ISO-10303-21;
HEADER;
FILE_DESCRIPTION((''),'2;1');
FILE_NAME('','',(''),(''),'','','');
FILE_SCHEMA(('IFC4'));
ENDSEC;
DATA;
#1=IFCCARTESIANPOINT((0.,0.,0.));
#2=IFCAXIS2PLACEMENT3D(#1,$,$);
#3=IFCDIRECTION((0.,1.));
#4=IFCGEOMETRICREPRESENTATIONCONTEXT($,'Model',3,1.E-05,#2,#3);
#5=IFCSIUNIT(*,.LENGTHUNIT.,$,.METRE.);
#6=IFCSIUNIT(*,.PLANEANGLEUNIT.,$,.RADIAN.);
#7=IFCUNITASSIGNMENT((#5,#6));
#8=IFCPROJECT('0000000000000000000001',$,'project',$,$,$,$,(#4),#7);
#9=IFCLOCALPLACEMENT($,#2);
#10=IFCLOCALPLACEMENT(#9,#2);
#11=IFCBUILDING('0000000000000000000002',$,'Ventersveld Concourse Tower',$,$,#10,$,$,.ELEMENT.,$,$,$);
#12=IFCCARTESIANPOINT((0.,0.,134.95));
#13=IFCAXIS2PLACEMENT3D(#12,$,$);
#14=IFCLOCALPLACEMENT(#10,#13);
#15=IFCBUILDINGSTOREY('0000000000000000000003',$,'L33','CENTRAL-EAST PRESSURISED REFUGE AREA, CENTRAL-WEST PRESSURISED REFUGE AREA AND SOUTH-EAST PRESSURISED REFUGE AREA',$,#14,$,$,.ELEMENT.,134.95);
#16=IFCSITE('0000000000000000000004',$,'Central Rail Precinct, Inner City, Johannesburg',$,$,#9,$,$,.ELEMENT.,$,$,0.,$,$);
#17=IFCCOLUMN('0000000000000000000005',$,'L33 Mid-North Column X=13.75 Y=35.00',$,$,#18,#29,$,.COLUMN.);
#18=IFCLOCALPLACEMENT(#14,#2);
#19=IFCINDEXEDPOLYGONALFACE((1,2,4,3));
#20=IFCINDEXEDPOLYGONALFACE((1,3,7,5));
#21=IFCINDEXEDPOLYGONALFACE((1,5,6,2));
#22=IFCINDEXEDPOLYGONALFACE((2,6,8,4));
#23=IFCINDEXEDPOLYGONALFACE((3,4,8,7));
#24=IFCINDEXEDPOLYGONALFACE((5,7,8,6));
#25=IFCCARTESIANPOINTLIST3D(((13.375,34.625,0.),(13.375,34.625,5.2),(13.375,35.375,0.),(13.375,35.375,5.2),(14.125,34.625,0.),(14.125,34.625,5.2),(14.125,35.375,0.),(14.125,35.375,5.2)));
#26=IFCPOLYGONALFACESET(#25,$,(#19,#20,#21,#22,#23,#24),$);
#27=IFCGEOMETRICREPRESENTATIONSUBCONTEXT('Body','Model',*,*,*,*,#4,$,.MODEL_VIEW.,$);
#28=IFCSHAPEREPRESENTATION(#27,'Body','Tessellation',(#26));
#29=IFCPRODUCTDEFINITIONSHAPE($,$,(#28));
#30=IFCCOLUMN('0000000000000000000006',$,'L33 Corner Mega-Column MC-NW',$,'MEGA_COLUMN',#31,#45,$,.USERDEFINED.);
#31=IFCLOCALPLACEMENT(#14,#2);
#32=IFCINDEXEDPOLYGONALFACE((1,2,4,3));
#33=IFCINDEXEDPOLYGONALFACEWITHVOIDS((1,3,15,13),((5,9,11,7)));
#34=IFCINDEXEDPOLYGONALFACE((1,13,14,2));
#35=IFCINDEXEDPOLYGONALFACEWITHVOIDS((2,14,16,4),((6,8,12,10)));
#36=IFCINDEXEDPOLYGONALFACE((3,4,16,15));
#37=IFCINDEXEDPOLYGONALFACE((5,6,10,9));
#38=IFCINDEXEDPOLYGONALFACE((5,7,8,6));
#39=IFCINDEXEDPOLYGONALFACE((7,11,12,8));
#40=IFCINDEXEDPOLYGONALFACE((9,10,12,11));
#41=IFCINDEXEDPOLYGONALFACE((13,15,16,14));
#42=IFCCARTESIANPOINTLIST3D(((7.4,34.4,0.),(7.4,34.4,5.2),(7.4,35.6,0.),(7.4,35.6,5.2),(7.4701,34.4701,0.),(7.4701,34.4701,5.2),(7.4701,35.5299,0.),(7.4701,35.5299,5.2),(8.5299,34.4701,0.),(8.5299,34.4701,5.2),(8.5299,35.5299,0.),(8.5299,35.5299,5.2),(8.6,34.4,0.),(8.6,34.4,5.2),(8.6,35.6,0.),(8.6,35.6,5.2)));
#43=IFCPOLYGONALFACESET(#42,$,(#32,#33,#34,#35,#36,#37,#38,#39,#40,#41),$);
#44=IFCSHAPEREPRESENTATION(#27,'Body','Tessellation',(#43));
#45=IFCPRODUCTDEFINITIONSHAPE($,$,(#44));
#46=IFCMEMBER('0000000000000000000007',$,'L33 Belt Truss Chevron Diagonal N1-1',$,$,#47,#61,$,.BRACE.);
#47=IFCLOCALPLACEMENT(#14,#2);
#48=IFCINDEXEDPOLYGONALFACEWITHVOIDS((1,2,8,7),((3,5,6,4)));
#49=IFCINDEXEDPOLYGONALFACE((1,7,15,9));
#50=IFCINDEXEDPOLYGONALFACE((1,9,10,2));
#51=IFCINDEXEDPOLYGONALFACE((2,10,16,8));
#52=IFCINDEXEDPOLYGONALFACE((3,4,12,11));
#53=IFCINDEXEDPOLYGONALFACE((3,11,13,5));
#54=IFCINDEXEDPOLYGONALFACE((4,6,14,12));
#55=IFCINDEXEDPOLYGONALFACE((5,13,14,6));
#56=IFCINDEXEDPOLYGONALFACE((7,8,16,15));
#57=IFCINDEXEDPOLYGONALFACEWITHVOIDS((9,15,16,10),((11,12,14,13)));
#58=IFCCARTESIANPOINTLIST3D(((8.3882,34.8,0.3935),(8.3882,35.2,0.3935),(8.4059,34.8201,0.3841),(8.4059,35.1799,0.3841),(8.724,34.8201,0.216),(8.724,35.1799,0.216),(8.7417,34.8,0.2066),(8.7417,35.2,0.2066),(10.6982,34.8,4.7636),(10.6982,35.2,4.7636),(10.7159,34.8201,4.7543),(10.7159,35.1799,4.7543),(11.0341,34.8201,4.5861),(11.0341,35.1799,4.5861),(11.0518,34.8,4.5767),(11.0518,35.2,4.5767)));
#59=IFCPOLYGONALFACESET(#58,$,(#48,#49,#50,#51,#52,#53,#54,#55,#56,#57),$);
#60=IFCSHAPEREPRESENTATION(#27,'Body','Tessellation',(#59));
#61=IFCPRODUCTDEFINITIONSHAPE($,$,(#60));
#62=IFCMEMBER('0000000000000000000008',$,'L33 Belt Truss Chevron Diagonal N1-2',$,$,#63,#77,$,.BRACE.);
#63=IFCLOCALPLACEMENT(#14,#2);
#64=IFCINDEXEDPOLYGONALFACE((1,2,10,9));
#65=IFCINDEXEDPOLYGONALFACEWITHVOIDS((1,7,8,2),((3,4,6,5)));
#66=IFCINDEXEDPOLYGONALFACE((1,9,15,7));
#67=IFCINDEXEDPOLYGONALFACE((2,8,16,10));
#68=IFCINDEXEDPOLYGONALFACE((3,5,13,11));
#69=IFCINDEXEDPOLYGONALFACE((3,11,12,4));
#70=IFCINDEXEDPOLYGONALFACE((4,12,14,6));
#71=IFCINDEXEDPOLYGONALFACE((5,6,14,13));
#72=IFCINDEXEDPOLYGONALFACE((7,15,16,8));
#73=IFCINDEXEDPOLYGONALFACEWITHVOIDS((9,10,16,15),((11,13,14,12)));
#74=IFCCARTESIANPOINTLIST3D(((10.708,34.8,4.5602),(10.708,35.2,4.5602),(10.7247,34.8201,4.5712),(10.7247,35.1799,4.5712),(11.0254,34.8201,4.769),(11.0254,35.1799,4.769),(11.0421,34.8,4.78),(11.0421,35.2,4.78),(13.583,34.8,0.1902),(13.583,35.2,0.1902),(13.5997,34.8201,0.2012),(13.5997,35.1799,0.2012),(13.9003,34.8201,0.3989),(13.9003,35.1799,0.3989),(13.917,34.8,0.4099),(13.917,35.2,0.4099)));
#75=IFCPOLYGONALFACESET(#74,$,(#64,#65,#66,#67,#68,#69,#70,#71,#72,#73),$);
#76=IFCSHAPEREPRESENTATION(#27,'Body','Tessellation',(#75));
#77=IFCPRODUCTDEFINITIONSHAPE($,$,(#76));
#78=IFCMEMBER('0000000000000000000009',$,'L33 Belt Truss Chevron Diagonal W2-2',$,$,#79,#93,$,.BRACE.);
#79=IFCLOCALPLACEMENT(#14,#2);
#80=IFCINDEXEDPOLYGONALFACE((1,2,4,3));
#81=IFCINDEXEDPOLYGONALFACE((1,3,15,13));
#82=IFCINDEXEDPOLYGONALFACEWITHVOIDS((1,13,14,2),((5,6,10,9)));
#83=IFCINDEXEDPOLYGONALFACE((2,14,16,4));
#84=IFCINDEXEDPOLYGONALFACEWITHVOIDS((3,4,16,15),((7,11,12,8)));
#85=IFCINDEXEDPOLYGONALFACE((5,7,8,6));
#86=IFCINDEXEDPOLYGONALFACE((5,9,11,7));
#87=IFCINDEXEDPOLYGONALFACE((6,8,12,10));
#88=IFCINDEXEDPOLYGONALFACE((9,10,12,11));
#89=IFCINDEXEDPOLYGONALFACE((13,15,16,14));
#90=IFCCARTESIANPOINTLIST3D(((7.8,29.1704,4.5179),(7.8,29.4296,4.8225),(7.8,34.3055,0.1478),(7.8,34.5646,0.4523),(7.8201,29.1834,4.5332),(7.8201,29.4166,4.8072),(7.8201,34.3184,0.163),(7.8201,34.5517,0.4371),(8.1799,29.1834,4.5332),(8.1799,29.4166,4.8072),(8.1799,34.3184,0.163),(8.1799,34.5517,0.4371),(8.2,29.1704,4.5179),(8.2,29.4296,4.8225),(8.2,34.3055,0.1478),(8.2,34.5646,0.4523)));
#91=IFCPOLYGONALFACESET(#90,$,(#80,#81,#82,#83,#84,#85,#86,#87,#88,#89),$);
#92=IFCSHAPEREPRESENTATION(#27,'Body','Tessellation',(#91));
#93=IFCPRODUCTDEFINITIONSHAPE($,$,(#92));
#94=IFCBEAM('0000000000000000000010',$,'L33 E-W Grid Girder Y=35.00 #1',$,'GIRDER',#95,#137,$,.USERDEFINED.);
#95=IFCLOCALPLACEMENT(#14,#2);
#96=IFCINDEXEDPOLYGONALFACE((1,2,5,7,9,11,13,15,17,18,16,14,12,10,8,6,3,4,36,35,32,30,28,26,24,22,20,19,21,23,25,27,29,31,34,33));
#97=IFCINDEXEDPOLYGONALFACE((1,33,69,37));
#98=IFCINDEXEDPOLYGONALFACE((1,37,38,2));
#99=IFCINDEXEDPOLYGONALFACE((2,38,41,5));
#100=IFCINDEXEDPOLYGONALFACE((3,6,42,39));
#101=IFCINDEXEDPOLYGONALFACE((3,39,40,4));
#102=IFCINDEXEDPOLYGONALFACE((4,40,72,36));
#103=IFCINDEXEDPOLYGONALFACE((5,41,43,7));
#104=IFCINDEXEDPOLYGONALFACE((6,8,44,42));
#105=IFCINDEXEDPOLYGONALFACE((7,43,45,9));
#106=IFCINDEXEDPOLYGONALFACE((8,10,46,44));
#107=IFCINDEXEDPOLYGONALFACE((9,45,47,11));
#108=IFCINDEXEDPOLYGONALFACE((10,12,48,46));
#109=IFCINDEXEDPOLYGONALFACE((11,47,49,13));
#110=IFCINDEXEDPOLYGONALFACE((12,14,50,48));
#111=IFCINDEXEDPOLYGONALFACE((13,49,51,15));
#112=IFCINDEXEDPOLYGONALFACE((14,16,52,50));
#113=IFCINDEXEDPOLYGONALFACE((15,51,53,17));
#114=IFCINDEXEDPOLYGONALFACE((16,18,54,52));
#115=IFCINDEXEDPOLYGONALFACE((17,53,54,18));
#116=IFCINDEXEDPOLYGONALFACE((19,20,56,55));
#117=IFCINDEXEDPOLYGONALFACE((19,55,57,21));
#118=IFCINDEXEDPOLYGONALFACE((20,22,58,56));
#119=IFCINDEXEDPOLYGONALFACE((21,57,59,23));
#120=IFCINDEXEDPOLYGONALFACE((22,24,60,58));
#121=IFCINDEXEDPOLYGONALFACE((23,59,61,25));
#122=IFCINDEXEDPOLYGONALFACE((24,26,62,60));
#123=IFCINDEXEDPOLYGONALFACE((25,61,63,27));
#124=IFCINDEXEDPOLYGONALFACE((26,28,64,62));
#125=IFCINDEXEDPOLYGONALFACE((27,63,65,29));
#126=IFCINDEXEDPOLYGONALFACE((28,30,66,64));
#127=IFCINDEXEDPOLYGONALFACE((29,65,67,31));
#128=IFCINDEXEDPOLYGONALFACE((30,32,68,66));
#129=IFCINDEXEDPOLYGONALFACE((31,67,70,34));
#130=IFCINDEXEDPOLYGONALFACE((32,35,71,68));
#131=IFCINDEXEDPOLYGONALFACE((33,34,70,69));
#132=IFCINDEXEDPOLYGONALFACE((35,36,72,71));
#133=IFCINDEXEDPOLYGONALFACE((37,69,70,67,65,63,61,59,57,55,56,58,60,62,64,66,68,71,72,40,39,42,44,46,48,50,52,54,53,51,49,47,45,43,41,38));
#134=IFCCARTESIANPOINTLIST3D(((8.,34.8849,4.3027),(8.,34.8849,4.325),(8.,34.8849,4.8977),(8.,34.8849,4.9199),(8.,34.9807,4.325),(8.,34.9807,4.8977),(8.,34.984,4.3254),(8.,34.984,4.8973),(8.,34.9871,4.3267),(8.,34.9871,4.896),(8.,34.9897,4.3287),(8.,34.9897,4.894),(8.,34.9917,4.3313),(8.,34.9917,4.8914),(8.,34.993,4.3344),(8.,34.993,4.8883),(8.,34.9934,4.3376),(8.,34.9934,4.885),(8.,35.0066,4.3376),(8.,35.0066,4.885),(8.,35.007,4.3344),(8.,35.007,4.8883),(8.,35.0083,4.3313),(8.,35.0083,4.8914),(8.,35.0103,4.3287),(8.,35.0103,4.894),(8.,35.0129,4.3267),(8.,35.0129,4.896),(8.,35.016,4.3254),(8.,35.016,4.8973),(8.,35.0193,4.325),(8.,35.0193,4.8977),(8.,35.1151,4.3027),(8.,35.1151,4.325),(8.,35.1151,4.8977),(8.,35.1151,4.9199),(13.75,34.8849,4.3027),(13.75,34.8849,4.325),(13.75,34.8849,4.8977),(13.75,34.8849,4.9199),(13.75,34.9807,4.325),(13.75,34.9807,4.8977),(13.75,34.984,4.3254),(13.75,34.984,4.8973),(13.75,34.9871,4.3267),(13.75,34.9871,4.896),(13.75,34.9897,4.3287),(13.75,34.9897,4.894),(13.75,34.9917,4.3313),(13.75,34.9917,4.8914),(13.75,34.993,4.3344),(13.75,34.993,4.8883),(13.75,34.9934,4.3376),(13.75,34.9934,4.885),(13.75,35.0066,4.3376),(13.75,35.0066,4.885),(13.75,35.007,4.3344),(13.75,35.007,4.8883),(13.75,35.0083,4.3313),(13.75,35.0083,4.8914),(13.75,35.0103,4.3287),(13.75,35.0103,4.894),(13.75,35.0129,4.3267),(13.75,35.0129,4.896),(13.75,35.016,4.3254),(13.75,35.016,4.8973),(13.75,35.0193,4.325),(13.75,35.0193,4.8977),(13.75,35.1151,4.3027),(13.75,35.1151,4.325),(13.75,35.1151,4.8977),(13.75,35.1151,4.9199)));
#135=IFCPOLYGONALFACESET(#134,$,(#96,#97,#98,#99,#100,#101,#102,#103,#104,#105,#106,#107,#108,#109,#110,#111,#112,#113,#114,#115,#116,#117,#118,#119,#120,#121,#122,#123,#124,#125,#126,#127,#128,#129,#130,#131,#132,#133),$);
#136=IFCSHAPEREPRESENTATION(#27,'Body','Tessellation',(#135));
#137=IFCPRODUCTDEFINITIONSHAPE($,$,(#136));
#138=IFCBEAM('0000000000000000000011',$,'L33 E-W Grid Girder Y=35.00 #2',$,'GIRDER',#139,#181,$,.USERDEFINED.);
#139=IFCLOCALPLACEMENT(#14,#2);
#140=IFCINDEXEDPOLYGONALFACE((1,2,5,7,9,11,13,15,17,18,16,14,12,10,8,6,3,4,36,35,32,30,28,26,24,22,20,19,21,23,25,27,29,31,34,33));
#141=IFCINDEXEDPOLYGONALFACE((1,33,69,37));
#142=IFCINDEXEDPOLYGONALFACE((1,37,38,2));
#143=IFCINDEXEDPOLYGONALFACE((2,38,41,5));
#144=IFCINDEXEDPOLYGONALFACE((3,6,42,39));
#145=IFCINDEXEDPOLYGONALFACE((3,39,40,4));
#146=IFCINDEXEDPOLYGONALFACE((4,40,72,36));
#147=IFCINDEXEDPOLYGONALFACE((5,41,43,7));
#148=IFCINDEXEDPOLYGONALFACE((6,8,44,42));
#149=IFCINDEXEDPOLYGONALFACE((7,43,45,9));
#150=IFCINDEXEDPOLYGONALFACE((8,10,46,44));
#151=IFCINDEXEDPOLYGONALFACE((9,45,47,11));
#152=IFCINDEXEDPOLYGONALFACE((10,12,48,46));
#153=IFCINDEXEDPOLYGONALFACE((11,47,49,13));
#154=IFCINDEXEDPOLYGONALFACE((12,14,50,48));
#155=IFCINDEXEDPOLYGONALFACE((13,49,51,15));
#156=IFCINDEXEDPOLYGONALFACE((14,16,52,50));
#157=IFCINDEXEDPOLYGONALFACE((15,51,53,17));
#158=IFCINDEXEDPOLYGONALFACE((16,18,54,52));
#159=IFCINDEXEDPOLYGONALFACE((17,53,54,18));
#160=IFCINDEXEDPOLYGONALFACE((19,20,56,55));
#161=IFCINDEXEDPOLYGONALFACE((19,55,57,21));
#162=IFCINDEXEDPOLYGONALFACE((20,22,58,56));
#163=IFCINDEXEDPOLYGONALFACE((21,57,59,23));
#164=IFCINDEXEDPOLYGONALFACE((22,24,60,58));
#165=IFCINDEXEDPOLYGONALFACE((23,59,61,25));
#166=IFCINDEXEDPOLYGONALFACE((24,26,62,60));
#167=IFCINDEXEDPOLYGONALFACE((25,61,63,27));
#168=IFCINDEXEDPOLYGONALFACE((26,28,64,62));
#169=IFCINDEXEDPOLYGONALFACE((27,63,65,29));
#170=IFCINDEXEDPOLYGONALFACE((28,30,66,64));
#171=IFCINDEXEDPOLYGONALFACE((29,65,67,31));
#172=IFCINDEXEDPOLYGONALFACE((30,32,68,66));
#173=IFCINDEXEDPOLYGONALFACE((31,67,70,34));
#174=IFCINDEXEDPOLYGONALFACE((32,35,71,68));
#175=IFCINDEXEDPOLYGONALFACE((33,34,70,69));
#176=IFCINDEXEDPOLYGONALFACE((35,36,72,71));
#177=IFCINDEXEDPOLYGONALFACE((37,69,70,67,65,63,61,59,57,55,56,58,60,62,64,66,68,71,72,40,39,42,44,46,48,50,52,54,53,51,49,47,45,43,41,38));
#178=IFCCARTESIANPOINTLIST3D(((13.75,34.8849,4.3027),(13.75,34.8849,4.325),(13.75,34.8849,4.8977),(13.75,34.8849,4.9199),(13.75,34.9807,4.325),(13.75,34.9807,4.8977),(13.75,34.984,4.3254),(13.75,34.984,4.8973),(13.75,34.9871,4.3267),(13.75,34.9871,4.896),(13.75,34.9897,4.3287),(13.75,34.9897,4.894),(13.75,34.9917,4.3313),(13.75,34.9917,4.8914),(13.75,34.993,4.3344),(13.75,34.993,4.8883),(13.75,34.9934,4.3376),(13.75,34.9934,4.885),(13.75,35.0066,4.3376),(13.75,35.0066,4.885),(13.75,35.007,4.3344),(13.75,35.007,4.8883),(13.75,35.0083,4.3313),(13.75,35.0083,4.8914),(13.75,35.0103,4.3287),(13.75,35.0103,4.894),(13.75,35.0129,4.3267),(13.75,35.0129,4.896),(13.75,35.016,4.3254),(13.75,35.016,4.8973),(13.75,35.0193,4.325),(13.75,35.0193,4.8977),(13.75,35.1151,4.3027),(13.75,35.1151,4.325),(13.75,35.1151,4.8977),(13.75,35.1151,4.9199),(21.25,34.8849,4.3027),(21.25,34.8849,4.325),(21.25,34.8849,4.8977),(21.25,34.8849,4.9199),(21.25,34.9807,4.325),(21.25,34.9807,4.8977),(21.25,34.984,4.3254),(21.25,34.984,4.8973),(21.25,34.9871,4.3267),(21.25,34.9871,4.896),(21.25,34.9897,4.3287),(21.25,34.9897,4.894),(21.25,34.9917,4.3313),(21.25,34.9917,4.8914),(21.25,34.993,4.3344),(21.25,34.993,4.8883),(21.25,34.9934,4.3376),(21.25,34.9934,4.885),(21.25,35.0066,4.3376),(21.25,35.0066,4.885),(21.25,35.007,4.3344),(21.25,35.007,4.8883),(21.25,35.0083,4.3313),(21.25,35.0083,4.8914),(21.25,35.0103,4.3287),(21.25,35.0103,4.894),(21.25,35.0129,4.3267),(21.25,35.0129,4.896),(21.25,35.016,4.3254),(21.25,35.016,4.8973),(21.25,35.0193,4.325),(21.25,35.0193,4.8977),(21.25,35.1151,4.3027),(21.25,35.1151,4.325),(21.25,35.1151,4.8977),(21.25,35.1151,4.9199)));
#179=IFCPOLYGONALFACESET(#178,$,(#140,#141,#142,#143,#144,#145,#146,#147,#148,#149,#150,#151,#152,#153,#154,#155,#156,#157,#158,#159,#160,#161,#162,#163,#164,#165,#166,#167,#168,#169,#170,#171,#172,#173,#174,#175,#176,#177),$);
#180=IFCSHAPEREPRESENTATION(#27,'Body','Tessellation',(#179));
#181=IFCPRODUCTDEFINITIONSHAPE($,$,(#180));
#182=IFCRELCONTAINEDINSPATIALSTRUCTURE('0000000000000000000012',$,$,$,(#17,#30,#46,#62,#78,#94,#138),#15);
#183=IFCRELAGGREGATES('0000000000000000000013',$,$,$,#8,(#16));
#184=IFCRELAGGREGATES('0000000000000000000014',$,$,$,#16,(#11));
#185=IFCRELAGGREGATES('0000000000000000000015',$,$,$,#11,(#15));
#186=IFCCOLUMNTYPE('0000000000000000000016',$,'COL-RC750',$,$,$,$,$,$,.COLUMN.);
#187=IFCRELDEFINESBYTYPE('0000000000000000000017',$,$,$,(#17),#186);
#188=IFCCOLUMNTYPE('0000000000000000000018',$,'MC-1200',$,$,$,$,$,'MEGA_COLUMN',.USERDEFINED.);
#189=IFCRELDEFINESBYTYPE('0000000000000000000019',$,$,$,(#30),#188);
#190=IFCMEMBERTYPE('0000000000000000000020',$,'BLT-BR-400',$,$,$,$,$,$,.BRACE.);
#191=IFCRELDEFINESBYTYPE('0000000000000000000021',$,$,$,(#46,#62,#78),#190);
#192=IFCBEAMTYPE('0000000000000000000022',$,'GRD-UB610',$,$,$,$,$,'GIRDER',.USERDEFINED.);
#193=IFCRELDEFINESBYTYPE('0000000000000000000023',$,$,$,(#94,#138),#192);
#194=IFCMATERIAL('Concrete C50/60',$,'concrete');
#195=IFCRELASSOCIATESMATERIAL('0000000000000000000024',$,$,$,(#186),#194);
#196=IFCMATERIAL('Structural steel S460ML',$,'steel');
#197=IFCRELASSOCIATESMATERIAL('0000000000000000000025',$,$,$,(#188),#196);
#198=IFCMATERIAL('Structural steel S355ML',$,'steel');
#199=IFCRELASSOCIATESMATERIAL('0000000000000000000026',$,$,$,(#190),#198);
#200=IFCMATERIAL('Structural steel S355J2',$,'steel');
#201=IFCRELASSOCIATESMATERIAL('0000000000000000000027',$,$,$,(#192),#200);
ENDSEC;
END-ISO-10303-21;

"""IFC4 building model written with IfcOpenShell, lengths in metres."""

from ifc_helpers import new_model, si_unit, direction, frame, origin, origin_2d, place, context, subcontext, project, spatial, rectangle, hollow_rectangle, i_section, extrude, material, material_profile, profile_set, type_object, element, save


model = new_model("IFC4")

# Units and contexts
model_context = context("Model", 3, precision=1e-05, world=origin(), true_north=direction((0.0, 1.0)))
body_context = subcontext(model_context, "Body", "Model", "MODEL_VIEW")
ifc_project = project(units=[si_unit("LENGTHUNIT", "METRE"), si_unit("PLANEANGLEUNIT", "RADIAN")], contexts=[model_context])

# Site, building, storey
site_placement = place(None, origin())
site = spatial("IfcSite", under=ifc_project, at=site_placement, Name="Central Rail Precinct, Inner City, Johannesburg", CompositionType="ELEMENT", RefElevation=0.0)
building_placement = place(site_placement, origin())
building = spatial("IfcBuilding", under=site, at=building_placement, Name="Ventersveld Concourse Tower", CompositionType="ELEMENT")
storey_placement = place(building_placement, frame((0.0, 0.0, 134.95)))
storey = spatial("IfcBuildingStorey", under=building, at=storey_placement, Name="L33", Description="CENTRAL-EAST PRESSURISED REFUGE AREA, CENTRAL-WEST PRESSURISED REFUGE AREA AND SOUTH-EAST PRESSURISED REFUGE AREA", CompositionType="ELEMENT", Elevation=134.95)

# Columns
ifc_material_1 = material(Name="Concrete C50/60", Category="concrete")
ifc_material_profile_1 = material_profile(ifc_material_1, rectangle(XDim=0.75, YDim=0.75, at=origin_2d()), Name="RC 750x750")
ifc_profile_set_1 = profile_set([ifc_material_profile_1], Name="Concrete C50/60")
column_type_1 = type_object("IfcColumnType", Name="COL-RC750", PredefinedType="COLUMN", material=ifc_profile_set_1)
column_1_placement = place(storey_placement, frame((13.75, 35.0, 0.0), z_axis=(0.0, 0.0, 1.0), x_axis=(1.0, 0.0, 0.0)))
element("IfcColumn", 1, at=column_1_placement, inside=storey, type_object=column_type_1, Name="L33 Mid-North Column X=13.75 Y=35.00", PredefinedType="COLUMN", context=body_context, shape_type="SweptSolid", body=[
    extrude(rectangle(XDim=0.75, YDim=0.75, at=origin_2d()), origin(), (0.0, 0.0, 1.0), 5.2),
])
ifc_material_2 = material(Name="Structural steel S460ML", Category="steel")
ifc_material_profile_2 = material_profile(ifc_material_2, hollow_rectangle(XDim=1.2, YDim=1.2, WallThickness=0.0701, at=origin_2d()), Name="BOX 1200x1200x70")
ifc_profile_set_2 = profile_set([ifc_material_profile_2], Name="Structural steel S460ML")
column_type_2 = type_object("IfcColumnType", Name="MC-1200", ElementType="MEGA_COLUMN", PredefinedType="USERDEFINED", material=ifc_profile_set_2)
column_2_placement = place(storey_placement, frame((8.0, 35.0, 0.0), z_axis=(0.0, 0.0, 1.0), x_axis=(1.0, 0.0, 0.0)))
element("IfcColumn", 2, at=column_2_placement, inside=storey, type_object=column_type_2, Name="L33 Corner Mega-Column MC-NW", ObjectType="MEGA_COLUMN", PredefinedType="USERDEFINED", context=body_context, shape_type="SweptSolid", body=[
    extrude(hollow_rectangle(XDim=1.2, YDim=1.2, WallThickness=0.0701, at=origin_2d()), origin(), (0.0, 0.0, 1.0), 5.2),
])

# Members
ifc_material_3 = material(Name="Structural steel S355ML", Category="steel")
ifc_material_profile_3 = material_profile(ifc_material_3, hollow_rectangle(XDim=0.3999, YDim=0.3999, WallThickness=0.02, at=origin_2d()), Name="SHS 400x400x20")
ifc_profile_set_3 = profile_set([ifc_material_profile_3], Name="Structural steel S355ML")
member_type_1 = type_object("IfcMemberType", Name="BLT-BR-400", PredefinedType="BRACE", material=ifc_profile_set_3)
member_1_placement = place(storey_placement, frame((8.5649, 35.0, 0.3), z_axis=(0.467329, 0.0, 0.884083), x_axis=(0.0, 1.0, 0.0)))
element("IfcMember", 3, at=member_1_placement, inside=storey, type_object=member_type_1, Name="L33 Belt Truss Chevron Diagonal N1-1", PredefinedType="BRACE", context=body_context, shape_type="SweptSolid", body=[
    extrude(hollow_rectangle(XDim=0.3999, YDim=0.3999, WallThickness=0.02, at=origin_2d()), origin(), (0.0, 0.0, 1.0), 4.9431),
])
member_2_placement = place(storey_placement, frame((13.75, 35.0, 0.3), z_axis=(-0.549606, 0.0, 0.835424), x_axis=(0.0, -1.0, 0.0)))
element("IfcMember", 4, at=member_2_placement, inside=storey, type_object=member_type_1, Name="L33 Belt Truss Chevron Diagonal N1-2", PredefinedType="BRACE", context=body_context, shape_type="SweptSolid", body=[
    extrude(hollow_rectangle(XDim=0.3999, YDim=0.3999, WallThickness=0.02, at=origin_2d()), origin(), (0.0, 0.0, 1.0), 5.231),
])
member_3_placement = place(storey_placement, frame((8.0, 34.4351, 0.3), z_axis=(0.0, -0.761547, 0.64811), x_axis=(1.0, 0.0, 0.0)))
element("IfcMember", 5, at=member_3_placement, inside=storey, type_object=member_type_1, Name="L33 Belt Truss Chevron Diagonal W2-2", PredefinedType="BRACE", context=body_context, shape_type="SweptSolid", body=[
    extrude(hollow_rectangle(XDim=0.3999, YDim=0.3999, WallThickness=0.02, at=origin_2d()), origin(), (0.0, 0.0, 1.0), 6.7429),
])

# Beams
ifc_material_4 = material(Name="Structural steel S355J2", Category="steel")
ifc_material_profile_4 = material_profile(ifc_material_4, i_section(OverallWidth=0.2302, OverallDepth=0.6172, WebThickness=0.0132, FlangeThickness=0.0222, FilletRadius=0.0127, at=origin_2d()), Name="UB 610x229x140")
ifc_profile_set_4 = profile_set([ifc_material_profile_4], Name="Structural steel S355J2")
beam_type = type_object("IfcBeamType", Name="GRD-UB610", ElementType="GIRDER", PredefinedType="USERDEFINED", material=ifc_profile_set_4)
beam_1_placement = place(storey_placement, frame((8.0, 35.0, 4.6113), z_axis=(1.0, 0.0, 0.0), x_axis=(0.0, 1.0, 0.0)))
element("IfcBeam", 6, at=beam_1_placement, inside=storey, type_object=beam_type, Name="L33 E-W Grid Girder Y=35.00 #1", ObjectType="GIRDER", PredefinedType="USERDEFINED", context=body_context, shape_type="SweptSolid", body=[
    extrude(i_section(OverallWidth=0.2302, OverallDepth=0.6172, WebThickness=0.0132, FlangeThickness=0.0222, FilletRadius=0.0127, at=origin_2d()), origin(), (0.0, 0.0, 1.0), 5.75),
])
beam_2_placement = place(storey_placement, frame((13.75, 35.0, 4.6113), z_axis=(1.0, 0.0, 0.0), x_axis=(0.0, 1.0, 0.0)))
element("IfcBeam", 7, at=beam_2_placement, inside=storey, type_object=beam_type, Name="L33 E-W Grid Girder Y=35.00 #2", ObjectType="GIRDER", PredefinedType="USERDEFINED", context=body_context, shape_type="SweptSolid", body=[
    extrude(i_section(OverallWidth=0.2302, OverallDepth=0.6172, WebThickness=0.0132, FlangeThickness=0.0222, FilletRadius=0.0127, at=origin_2d()), origin(), (0.0, 0.0, 1.0), 7.5),
])

save(model, "model.ifc")
